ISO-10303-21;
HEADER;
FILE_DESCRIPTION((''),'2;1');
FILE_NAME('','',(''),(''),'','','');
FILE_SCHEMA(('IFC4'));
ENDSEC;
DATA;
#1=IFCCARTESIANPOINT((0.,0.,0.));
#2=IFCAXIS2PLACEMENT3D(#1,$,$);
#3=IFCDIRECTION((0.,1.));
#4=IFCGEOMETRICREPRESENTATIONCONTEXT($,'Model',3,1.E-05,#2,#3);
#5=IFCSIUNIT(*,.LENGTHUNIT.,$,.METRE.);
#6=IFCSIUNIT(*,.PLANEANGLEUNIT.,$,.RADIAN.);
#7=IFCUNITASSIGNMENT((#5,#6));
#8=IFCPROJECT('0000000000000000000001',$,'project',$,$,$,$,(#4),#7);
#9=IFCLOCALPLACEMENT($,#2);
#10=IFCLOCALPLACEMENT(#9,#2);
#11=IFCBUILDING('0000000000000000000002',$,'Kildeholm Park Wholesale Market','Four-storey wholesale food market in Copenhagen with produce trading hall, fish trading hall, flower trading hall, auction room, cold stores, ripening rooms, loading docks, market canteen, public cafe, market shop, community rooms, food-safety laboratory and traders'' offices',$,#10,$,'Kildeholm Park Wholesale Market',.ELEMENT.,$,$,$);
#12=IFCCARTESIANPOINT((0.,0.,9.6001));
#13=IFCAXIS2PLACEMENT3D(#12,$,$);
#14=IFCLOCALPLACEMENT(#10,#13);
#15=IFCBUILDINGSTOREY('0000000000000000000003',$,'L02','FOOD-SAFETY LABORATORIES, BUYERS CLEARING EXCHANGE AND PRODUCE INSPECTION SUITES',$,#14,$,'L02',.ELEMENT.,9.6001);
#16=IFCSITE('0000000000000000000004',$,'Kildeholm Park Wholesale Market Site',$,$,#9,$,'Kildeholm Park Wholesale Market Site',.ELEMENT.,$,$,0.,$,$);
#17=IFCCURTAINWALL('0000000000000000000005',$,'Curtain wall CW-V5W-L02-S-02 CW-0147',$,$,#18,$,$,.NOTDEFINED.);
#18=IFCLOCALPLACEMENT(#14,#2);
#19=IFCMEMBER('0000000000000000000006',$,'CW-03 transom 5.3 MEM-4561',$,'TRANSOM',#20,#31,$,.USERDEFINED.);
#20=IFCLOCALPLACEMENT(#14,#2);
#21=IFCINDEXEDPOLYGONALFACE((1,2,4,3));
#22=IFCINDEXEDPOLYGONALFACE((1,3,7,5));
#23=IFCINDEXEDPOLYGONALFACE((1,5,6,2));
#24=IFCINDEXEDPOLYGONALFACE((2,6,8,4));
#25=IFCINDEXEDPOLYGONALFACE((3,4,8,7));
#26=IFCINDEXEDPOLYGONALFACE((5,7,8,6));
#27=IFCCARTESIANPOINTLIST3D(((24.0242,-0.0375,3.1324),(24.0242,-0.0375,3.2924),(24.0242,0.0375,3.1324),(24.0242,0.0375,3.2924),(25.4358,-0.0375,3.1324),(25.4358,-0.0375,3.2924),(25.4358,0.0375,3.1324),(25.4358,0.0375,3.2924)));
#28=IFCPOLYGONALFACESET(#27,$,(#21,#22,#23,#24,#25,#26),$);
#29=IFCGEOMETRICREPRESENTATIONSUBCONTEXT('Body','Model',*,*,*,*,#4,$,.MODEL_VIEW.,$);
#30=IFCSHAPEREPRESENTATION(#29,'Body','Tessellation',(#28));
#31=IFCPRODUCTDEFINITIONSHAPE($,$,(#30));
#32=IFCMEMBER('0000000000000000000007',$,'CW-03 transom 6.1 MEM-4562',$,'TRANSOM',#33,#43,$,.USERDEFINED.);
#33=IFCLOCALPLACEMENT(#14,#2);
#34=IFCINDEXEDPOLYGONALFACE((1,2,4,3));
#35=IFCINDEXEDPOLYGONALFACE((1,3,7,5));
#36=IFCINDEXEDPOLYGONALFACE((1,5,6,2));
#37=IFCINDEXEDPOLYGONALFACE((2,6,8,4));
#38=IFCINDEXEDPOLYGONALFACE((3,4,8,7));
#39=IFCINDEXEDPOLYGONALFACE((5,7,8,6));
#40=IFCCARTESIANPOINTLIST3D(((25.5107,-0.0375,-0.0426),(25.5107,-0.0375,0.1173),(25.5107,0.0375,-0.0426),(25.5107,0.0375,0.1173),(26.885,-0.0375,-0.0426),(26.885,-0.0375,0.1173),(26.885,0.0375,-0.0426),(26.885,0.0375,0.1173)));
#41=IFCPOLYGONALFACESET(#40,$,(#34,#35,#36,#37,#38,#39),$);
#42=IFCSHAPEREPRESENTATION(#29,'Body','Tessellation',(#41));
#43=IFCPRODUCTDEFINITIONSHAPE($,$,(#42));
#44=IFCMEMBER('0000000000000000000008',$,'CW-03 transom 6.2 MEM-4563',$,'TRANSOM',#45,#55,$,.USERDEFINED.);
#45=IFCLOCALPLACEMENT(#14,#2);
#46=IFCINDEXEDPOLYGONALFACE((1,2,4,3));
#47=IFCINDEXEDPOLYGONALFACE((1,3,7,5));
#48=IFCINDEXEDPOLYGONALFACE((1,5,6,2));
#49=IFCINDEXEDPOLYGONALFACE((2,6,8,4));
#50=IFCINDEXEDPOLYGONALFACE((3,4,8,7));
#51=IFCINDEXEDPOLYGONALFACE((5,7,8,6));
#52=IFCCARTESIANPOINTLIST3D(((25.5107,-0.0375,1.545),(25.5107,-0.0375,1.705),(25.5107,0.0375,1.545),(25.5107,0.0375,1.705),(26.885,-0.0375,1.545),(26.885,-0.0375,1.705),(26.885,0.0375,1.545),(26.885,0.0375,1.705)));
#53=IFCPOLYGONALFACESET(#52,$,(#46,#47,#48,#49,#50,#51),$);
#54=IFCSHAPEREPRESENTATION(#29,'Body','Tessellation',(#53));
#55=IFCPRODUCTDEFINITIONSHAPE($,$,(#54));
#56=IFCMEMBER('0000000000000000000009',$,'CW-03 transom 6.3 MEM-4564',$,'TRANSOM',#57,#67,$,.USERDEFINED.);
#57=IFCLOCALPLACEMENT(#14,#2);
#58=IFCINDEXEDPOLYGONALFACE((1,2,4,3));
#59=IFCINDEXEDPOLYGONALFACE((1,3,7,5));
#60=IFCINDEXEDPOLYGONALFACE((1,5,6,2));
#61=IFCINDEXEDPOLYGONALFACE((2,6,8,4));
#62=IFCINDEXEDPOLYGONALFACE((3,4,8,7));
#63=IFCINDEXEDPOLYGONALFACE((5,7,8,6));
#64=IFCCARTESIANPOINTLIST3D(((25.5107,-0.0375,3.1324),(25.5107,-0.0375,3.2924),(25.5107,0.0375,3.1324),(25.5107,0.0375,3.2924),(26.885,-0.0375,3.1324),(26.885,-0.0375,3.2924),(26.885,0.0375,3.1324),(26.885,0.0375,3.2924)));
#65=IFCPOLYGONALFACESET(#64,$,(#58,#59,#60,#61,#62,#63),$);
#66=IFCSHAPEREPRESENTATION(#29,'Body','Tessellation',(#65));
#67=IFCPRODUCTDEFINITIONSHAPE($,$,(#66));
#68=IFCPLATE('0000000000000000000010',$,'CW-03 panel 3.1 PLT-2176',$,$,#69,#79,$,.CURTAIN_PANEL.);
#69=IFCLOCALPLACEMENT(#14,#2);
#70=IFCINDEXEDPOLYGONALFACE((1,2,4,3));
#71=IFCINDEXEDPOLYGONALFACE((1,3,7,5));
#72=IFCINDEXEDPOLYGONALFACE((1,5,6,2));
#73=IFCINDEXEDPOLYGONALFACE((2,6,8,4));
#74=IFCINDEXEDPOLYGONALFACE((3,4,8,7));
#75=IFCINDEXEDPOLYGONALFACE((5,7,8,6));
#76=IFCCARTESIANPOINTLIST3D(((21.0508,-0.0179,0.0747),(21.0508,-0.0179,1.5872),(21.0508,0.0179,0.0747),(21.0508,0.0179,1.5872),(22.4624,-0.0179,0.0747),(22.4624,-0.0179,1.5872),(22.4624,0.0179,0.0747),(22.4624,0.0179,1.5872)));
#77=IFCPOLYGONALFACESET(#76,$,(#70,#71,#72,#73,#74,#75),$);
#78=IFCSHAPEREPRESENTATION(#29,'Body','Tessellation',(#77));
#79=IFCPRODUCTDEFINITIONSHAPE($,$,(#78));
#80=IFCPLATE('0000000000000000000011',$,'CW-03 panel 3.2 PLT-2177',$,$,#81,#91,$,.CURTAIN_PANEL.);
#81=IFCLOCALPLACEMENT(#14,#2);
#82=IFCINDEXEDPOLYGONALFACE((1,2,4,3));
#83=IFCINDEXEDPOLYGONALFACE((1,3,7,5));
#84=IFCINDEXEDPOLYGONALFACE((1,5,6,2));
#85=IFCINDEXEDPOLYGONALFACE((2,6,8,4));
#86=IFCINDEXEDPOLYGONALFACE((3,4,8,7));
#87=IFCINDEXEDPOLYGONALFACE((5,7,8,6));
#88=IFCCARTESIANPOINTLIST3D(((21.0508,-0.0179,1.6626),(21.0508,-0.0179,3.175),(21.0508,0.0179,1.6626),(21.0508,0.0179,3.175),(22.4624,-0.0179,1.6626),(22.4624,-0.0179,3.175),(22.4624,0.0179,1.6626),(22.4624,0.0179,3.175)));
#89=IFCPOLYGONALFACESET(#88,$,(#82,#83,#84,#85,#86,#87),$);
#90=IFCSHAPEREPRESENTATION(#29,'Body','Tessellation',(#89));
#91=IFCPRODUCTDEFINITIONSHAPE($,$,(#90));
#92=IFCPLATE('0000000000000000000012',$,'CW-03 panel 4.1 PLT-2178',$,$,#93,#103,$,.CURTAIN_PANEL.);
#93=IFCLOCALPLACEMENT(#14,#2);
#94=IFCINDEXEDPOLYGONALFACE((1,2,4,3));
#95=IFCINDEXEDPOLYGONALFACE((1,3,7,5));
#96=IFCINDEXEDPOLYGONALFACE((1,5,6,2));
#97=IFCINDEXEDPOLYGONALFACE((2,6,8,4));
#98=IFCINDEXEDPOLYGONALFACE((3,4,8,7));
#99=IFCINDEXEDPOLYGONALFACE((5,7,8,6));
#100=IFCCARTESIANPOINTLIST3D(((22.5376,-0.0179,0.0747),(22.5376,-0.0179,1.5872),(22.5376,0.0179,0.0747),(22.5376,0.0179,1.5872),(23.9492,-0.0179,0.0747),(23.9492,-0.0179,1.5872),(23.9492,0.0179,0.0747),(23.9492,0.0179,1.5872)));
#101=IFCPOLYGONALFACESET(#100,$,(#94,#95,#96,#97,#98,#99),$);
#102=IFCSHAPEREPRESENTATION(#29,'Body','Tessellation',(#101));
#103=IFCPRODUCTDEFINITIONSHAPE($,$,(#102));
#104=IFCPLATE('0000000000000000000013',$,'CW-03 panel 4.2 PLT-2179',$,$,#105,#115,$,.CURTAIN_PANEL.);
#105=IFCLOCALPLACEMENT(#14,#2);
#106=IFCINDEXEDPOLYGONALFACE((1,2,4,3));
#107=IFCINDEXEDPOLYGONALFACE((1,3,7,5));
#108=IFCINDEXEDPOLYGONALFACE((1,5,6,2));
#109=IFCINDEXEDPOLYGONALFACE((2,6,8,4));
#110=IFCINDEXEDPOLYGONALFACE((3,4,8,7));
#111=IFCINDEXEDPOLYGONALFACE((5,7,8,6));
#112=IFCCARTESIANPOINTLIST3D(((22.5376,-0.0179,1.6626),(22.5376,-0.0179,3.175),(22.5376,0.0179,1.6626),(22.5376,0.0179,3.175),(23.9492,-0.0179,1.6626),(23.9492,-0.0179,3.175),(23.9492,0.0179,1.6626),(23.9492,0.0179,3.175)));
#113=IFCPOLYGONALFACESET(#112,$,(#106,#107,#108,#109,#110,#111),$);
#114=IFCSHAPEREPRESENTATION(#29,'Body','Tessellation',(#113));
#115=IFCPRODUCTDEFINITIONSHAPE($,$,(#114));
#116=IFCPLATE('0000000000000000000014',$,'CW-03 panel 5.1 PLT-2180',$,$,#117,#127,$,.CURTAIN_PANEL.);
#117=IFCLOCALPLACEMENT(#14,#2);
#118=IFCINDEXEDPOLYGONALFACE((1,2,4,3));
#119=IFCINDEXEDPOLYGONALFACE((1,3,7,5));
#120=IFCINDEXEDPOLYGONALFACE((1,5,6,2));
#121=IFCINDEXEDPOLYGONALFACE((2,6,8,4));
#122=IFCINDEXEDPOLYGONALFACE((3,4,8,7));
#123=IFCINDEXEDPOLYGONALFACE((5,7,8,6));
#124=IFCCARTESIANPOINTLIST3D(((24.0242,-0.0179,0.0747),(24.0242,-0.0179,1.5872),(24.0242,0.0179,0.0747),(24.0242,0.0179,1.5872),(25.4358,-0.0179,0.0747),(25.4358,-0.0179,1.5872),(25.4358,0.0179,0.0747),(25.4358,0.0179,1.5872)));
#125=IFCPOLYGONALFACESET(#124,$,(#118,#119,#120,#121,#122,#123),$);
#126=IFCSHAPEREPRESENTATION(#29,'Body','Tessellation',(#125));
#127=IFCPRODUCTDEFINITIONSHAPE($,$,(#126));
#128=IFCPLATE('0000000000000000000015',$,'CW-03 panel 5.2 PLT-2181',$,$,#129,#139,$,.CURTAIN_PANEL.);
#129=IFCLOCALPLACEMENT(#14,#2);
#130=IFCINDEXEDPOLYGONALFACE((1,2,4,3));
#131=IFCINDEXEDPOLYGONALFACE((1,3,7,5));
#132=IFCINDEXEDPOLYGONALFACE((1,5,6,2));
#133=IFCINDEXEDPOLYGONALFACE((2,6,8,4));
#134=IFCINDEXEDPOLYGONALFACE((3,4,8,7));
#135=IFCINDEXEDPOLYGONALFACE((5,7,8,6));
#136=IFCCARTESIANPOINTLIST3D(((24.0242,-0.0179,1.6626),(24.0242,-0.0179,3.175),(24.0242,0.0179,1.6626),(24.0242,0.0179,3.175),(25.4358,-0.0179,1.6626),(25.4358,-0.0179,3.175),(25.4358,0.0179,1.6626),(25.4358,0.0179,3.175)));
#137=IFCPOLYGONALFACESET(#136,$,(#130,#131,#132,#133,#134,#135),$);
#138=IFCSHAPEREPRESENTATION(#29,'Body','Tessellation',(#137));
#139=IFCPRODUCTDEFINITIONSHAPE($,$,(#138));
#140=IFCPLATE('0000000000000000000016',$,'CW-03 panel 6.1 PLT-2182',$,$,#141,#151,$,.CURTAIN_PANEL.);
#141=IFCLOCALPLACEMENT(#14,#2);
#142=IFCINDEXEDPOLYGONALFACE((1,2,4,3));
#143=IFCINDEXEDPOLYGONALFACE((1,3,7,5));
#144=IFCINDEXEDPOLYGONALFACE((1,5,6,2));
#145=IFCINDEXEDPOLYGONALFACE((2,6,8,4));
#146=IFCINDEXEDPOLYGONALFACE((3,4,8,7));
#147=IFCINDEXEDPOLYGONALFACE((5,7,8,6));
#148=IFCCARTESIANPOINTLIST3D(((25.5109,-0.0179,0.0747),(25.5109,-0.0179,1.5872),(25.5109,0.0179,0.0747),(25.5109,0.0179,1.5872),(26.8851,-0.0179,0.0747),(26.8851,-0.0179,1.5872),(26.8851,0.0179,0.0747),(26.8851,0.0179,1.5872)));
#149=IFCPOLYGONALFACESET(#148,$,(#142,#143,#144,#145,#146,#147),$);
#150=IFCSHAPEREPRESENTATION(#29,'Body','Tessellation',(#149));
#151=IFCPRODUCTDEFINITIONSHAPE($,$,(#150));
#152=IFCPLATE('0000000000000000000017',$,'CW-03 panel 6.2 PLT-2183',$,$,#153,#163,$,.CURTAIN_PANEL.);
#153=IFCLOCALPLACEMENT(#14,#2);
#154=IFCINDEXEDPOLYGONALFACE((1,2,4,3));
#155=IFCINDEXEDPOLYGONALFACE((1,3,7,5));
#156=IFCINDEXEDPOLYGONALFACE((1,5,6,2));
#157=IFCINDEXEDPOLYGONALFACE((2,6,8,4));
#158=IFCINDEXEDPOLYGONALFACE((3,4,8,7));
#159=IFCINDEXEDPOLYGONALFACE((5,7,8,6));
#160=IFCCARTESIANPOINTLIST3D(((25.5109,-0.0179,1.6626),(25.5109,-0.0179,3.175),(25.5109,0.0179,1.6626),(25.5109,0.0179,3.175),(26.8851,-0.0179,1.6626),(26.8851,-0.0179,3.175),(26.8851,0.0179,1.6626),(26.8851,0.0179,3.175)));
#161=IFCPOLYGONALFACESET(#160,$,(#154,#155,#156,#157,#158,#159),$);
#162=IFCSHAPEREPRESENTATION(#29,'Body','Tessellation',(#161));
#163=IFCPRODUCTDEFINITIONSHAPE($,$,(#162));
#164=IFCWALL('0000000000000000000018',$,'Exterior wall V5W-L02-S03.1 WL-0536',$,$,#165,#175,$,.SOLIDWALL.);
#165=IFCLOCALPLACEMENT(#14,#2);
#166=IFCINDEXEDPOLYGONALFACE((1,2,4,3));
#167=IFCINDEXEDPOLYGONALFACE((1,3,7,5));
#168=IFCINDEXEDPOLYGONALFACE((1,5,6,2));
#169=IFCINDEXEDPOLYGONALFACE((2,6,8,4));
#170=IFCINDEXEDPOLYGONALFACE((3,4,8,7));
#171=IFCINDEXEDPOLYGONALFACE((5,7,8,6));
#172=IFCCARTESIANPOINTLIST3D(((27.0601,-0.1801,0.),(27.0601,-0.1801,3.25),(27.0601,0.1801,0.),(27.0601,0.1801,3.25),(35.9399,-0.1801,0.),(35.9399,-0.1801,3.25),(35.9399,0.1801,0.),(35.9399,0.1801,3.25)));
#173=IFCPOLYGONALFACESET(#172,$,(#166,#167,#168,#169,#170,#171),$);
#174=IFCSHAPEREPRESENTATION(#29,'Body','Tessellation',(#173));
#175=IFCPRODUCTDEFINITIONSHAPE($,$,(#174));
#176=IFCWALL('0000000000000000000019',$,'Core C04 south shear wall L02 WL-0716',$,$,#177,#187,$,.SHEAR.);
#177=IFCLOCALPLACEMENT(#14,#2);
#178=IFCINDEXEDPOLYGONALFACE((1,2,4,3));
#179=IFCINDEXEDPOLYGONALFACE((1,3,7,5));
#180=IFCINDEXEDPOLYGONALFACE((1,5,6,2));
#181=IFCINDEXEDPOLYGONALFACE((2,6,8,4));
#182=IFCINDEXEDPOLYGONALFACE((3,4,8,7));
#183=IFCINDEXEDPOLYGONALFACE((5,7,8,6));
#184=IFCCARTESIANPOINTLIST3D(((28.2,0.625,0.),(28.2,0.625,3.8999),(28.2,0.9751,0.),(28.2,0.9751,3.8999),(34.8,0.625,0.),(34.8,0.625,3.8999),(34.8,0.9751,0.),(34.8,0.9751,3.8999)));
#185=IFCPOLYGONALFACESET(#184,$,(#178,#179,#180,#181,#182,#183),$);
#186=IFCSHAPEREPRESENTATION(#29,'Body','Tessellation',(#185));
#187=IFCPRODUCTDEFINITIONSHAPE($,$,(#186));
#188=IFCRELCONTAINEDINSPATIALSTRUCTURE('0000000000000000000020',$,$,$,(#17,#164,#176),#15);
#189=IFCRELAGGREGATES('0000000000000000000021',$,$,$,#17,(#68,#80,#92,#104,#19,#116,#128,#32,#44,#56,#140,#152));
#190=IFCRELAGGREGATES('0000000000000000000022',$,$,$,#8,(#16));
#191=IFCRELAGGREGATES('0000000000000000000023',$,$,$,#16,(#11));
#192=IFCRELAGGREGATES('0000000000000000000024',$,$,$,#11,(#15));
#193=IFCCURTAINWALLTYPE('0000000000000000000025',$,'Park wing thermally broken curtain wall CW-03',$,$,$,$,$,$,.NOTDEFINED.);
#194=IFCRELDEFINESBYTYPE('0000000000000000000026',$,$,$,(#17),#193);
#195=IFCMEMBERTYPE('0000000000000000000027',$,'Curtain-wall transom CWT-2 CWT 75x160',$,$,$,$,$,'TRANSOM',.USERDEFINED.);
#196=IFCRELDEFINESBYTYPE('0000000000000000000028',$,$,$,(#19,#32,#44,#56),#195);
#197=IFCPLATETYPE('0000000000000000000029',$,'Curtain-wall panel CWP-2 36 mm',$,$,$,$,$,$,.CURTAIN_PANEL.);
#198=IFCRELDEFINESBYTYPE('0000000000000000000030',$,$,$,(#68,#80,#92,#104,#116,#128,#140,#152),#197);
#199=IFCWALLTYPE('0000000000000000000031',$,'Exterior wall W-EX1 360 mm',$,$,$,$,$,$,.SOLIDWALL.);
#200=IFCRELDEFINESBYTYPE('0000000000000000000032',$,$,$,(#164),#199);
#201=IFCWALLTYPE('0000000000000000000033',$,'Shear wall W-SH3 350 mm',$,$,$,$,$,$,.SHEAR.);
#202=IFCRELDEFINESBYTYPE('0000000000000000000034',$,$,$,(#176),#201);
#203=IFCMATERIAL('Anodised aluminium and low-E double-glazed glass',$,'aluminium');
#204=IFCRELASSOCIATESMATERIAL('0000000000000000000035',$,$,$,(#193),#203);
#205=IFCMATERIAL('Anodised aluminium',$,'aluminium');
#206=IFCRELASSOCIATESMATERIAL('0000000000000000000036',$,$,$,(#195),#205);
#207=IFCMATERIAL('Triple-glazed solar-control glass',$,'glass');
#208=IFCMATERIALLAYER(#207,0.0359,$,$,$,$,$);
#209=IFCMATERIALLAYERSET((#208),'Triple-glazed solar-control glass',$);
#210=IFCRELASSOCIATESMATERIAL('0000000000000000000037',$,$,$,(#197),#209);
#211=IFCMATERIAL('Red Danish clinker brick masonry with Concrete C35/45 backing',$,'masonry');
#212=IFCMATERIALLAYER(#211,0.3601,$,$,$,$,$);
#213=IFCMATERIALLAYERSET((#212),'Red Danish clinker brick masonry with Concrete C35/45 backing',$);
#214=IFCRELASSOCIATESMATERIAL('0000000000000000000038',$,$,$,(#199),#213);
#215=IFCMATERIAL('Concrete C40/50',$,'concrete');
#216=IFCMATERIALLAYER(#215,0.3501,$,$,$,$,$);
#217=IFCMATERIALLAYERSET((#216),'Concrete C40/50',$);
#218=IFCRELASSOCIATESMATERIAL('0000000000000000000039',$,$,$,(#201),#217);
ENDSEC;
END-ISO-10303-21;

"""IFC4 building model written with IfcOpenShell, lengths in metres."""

from ifc_helpers import new_model, si_unit, direction, frame, frame_2d, origin, origin_2d, place, context, subcontext, project, spatial, rectangle, extrude, material, layer, layer_set, material_profile, profile_set, type_object, element, aggregate, save


model = new_model("IFC4")

# Units and contexts
model_context = context("Model", 3, precision=1e-05, world=origin(), true_north=direction((0.0, 1.0)))
body_context = subcontext(model_context, "Body", "Model", "MODEL_VIEW")
ifc_project = project(units=[si_unit("LENGTHUNIT", "METRE"), si_unit("PLANEANGLEUNIT", "RADIAN")], contexts=[model_context])

# Site, building, storey
site_placement = place(None, origin())
site = spatial("IfcSite", under=ifc_project, at=site_placement, Name="Kildeholm Park Wholesale Market Site", LongName="Kildeholm Park Wholesale Market Site", CompositionType="ELEMENT", RefElevation=0.0)
building_placement = place(site_placement, origin())
building = spatial("IfcBuilding", under=site, at=building_placement, Name="Kildeholm Park Wholesale Market", Description="Four-storey wholesale food market in Copenhagen with produce trading hall, fish trading hall, flower trading hall, auction room, cold stores, ripening rooms, loading docks, market canteen, public cafe, market shop, community rooms, food-safety laboratory and traders' offices", LongName="Kildeholm Park Wholesale Market", CompositionType="ELEMENT")
storey_placement = place(building_placement, frame((0.0, 0.0, 9.6001)))
storey = spatial("IfcBuildingStorey", under=building, at=storey_placement, Name="L02", Description="FOOD-SAFETY LABORATORIES, BUYERS CLEARING EXCHANGE AND PRODUCE INSPECTION SUITES", LongName="L02", CompositionType="ELEMENT", Elevation=9.6001)

# Curtain wall, members, plates
ifc_material_1 = material(Name="Anodised aluminium and low-E double-glazed glass", Category="aluminium")
curtain_wall_type = type_object("IfcCurtainWallType", Name="Park wing thermally broken curtain wall CW-03", PredefinedType="NOTDEFINED", material=ifc_material_1)
curtain_wall_placement = place(storey_placement, origin())
curtain_wall = element("IfcCurtainWall", 1, at=curtain_wall_placement, inside=storey, type_object=curtain_wall_type, Name="Curtain wall CW-V5W-L02-S-02 CW-0147", PredefinedType="NOTDEFINED")
ifc_material_2 = material(Name="Anodised aluminium", Category="aluminium")
ifc_material_profile_1 = material_profile(ifc_material_2, rectangle(XDim=0.075, YDim=0.1599, at=origin_2d()), Name="CWT 75x160")
ifc_profile_set_1 = profile_set([ifc_material_profile_1], Name="Anodised aluminium")
member_type_1 = type_object("IfcMemberType", Name="Curtain-wall transom CWT-2 CWT 75x160", ElementType="TRANSOM", PredefinedType="USERDEFINED", material=ifc_profile_set_1)
member_1_placement = place(storey_placement, frame((24.0242, 0.0, 3.2124), z_axis=(1.0, 0.0, 0.0), x_axis=(0.0, 1.0, 0.0)))
member_1 = element("IfcMember", 2, at=member_1_placement, type_object=member_type_1, Name="CW-03 transom 5.3 MEM-4561", ObjectType="TRANSOM", PredefinedType="USERDEFINED", context=body_context, shape_type="SweptSolid", body=[
    extrude(rectangle(XDim=0.075, YDim=0.1599, at=origin_2d()), origin(), (0.0, 0.0, 1.0), 1.4116),
])
member_2_placement = place(storey_placement, frame((25.5107, 0.0, 0.0374), z_axis=(1.0, 0.0, 0.0), x_axis=(0.0, 1.0, 0.0)))
member_2 = element("IfcMember", 3, at=member_2_placement, type_object=member_type_1, Name="CW-03 transom 6.1 MEM-4562", ObjectType="TRANSOM", PredefinedType="USERDEFINED", context=body_context, shape_type="SweptSolid", body=[
    extrude(rectangle(XDim=0.075, YDim=0.1599, at=origin_2d()), origin(), (0.0, 0.0, 1.0), 1.3743),
])
member_3_placement = place(storey_placement, frame((25.5107, 0.0, 1.625), z_axis=(1.0, 0.0, 0.0), x_axis=(0.0, 1.0, 0.0)))
member_3 = element("IfcMember", 4, at=member_3_placement, type_object=member_type_1, Name="CW-03 transom 6.2 MEM-4563", ObjectType="TRANSOM", PredefinedType="USERDEFINED", context=body_context, shape_type="SweptSolid", body=[
    extrude(rectangle(XDim=0.075, YDim=0.1599, at=origin_2d()), origin(), (0.0, 0.0, 1.0), 1.3743),
])
member_4_placement = place(storey_placement, frame((25.5107, 0.0, 3.2124), z_axis=(1.0, 0.0, 0.0), x_axis=(0.0, 1.0, 0.0)))
member_4 = element("IfcMember", 5, at=member_4_placement, type_object=member_type_1, Name="CW-03 transom 6.3 MEM-4564", ObjectType="TRANSOM", PredefinedType="USERDEFINED", context=body_context, shape_type="SweptSolid", body=[
    extrude(rectangle(XDim=0.075, YDim=0.1599, at=origin_2d()), origin(), (0.0, 0.0, 1.0), 1.3743),
])
ifc_material_3 = material(Name="Triple-glazed solar-control glass", Category="glass")
ifc_layer_1 = layer(ifc_material_3, 0.0359)
ifc_layer_set_1 = layer_set([ifc_layer_1], Name="Triple-glazed solar-control glass")
plate_type = type_object("IfcPlateType", Name="Curtain-wall panel CWP-2 36 mm", PredefinedType="CURTAIN_PANEL", material=ifc_layer_set_1)
plate_1_placement = place(storey_placement, frame((21.7566, 0.0, 0.0747), z_axis=(0.0, 0.0, 1.0), x_axis=(1.0, 0.0, 0.0)))
plate_1 = element("IfcPlate", 6, at=plate_1_placement, type_object=plate_type, Name="CW-03 panel 3.1 PLT-2176", PredefinedType="CURTAIN_PANEL", context=body_context, shape_type="SweptSolid", body=[
    extrude(rectangle(XDim=1.4116, YDim=0.0359, at=origin_2d()), origin(), (0.0, 0.0, 1.0), 1.5125),
])
plate_2_placement = place(storey_placement, frame((21.7566, 0.0, 1.6626), z_axis=(0.0, 0.0, 1.0), x_axis=(1.0, 0.0, 0.0)))
plate_2 = element("IfcPlate", 7, at=plate_2_placement, type_object=plate_type, Name="CW-03 panel 3.2 PLT-2177", PredefinedType="CURTAIN_PANEL", context=body_context, shape_type="SweptSolid", body=[
    extrude(rectangle(XDim=1.4116, YDim=0.0359, at=origin_2d()), origin(), (0.0, 0.0, 1.0), 1.5125),
])
plate_3_placement = place(storey_placement, frame((23.2434, 0.0, 0.0747), z_axis=(0.0, 0.0, 1.0), x_axis=(1.0, 0.0, 0.0)))
plate_3 = element("IfcPlate", 8, at=plate_3_placement, type_object=plate_type, Name="CW-03 panel 4.1 PLT-2178", PredefinedType="CURTAIN_PANEL", context=body_context, shape_type="SweptSolid", body=[
    extrude(rectangle(XDim=1.4116, YDim=0.0359, at=origin_2d()), origin(), (0.0, 0.0, 1.0), 1.5125),
])
plate_4_placement = place(storey_placement, frame((23.2434, 0.0, 1.6626), z_axis=(0.0, 0.0, 1.0), x_axis=(1.0, 0.0, 0.0)))
plate_4 = element("IfcPlate", 9, at=plate_4_placement, type_object=plate_type, Name="CW-03 panel 4.2 PLT-2179", PredefinedType="CURTAIN_PANEL", context=body_context, shape_type="SweptSolid", body=[
    extrude(rectangle(XDim=1.4116, YDim=0.0359, at=origin_2d()), origin(), (0.0, 0.0, 1.0), 1.5125),
])
plate_5_placement = place(storey_placement, frame((24.73, 0.0, 0.0747), z_axis=(0.0, 0.0, 1.0), x_axis=(1.0, 0.0, 0.0)))
plate_5 = element("IfcPlate", 10, at=plate_5_placement, type_object=plate_type, Name="CW-03 panel 5.1 PLT-2180", PredefinedType="CURTAIN_PANEL", context=body_context, shape_type="SweptSolid", body=[
    extrude(rectangle(XDim=1.4116, YDim=0.0359, at=origin_2d()), origin(), (0.0, 0.0, 1.0), 1.5125),
])
plate_6_placement = place(storey_placement, frame((24.73, 0.0, 1.6626), z_axis=(0.0, 0.0, 1.0), x_axis=(1.0, 0.0, 0.0)))
plate_6 = element("IfcPlate", 11, at=plate_6_placement, type_object=plate_type, Name="CW-03 panel 5.2 PLT-2181", PredefinedType="CURTAIN_PANEL", context=body_context, shape_type="SweptSolid", body=[
    extrude(rectangle(XDim=1.4116, YDim=0.0359, at=origin_2d()), origin(), (0.0, 0.0, 1.0), 1.5125),
])
plate_7_placement = place(storey_placement, frame((26.198, 0.0, 0.0747), z_axis=(0.0, 0.0, 1.0), x_axis=(1.0, 0.0, 0.0)))
plate_7 = element("IfcPlate", 12, at=plate_7_placement, type_object=plate_type, Name="CW-03 panel 6.1 PLT-2182", PredefinedType="CURTAIN_PANEL", context=body_context, shape_type="SweptSolid", body=[
    extrude(rectangle(XDim=1.3743, YDim=0.0359, at=origin_2d()), origin(), (0.0, 0.0, 1.0), 1.5125),
])
plate_8_placement = place(storey_placement, frame((26.198, 0.0, 1.6626), z_axis=(0.0, 0.0, 1.0), x_axis=(1.0, 0.0, 0.0)))
plate_8 = element("IfcPlate", 13, at=plate_8_placement, type_object=plate_type, Name="CW-03 panel 6.2 PLT-2183", PredefinedType="CURTAIN_PANEL", context=body_context, shape_type="SweptSolid", body=[
    extrude(rectangle(XDim=1.3743, YDim=0.0359, at=origin_2d()), origin(), (0.0, 0.0, 1.0), 1.5125),
])
aggregate(curtain_wall, [plate_1, plate_2, plate_3, plate_4, member_1, plate_5, plate_6, member_2, member_3, member_4, plate_7, plate_8])

# Walls
ifc_material_4 = material(Name="Red Danish clinker brick masonry with Concrete C35/45 backing", Category="masonry")
ifc_layer_2 = layer(ifc_material_4, 0.3601)
ifc_layer_set_2 = layer_set([ifc_layer_2], Name="Red Danish clinker brick masonry with Concrete C35/45 backing")
wall_type_1 = type_object("IfcWallType", Name="Exterior wall W-EX1 360 mm", PredefinedType="SOLIDWALL", material=ifc_layer_set_2)
wall_1_placement = place(storey_placement, frame((27.0601, 0.0, 0.0), z_axis=(0.0, 0.0, 1.0), x_axis=(1.0, 0.0, 0.0)))
element("IfcWall", 14, at=wall_1_placement, inside=storey, type_object=wall_type_1, Name="Exterior wall V5W-L02-S03.1 WL-0536", PredefinedType="SOLIDWALL", context=body_context, shape_type="SweptSolid", body=[
    extrude(rectangle(XDim=8.8799, YDim=0.3601, at=frame_2d((4.4399, 0.0))), origin(), (0.0, 0.0, 1.0), 3.25),
])
ifc_material_5 = material(Name="Concrete C40/50", Category="concrete")
ifc_layer_3 = layer(ifc_material_5, 0.3501)
ifc_layer_set_3 = layer_set([ifc_layer_3], Name="Concrete C40/50")
wall_type_2 = type_object("IfcWallType", Name="Shear wall W-SH3 350 mm", PredefinedType="SHEAR", material=ifc_layer_set_3)
wall_2_placement = place(storey_placement, frame((28.2, 0.8, 0.0), z_axis=(0.0, 0.0, 1.0), x_axis=(1.0, 0.0, 0.0)))
element("IfcWall", 15, at=wall_2_placement, inside=storey, type_object=wall_type_2, Name="Core C04 south shear wall L02 WL-0716", PredefinedType="SHEAR", context=body_context, shape_type="SweptSolid", body=[
    extrude(rectangle(XDim=6.6001, YDim=0.3501, at=frame_2d((3.3, 0.0))), origin(), (0.0, 0.0, 1.0), 3.8999),
])

save(model, "model.ifc")
